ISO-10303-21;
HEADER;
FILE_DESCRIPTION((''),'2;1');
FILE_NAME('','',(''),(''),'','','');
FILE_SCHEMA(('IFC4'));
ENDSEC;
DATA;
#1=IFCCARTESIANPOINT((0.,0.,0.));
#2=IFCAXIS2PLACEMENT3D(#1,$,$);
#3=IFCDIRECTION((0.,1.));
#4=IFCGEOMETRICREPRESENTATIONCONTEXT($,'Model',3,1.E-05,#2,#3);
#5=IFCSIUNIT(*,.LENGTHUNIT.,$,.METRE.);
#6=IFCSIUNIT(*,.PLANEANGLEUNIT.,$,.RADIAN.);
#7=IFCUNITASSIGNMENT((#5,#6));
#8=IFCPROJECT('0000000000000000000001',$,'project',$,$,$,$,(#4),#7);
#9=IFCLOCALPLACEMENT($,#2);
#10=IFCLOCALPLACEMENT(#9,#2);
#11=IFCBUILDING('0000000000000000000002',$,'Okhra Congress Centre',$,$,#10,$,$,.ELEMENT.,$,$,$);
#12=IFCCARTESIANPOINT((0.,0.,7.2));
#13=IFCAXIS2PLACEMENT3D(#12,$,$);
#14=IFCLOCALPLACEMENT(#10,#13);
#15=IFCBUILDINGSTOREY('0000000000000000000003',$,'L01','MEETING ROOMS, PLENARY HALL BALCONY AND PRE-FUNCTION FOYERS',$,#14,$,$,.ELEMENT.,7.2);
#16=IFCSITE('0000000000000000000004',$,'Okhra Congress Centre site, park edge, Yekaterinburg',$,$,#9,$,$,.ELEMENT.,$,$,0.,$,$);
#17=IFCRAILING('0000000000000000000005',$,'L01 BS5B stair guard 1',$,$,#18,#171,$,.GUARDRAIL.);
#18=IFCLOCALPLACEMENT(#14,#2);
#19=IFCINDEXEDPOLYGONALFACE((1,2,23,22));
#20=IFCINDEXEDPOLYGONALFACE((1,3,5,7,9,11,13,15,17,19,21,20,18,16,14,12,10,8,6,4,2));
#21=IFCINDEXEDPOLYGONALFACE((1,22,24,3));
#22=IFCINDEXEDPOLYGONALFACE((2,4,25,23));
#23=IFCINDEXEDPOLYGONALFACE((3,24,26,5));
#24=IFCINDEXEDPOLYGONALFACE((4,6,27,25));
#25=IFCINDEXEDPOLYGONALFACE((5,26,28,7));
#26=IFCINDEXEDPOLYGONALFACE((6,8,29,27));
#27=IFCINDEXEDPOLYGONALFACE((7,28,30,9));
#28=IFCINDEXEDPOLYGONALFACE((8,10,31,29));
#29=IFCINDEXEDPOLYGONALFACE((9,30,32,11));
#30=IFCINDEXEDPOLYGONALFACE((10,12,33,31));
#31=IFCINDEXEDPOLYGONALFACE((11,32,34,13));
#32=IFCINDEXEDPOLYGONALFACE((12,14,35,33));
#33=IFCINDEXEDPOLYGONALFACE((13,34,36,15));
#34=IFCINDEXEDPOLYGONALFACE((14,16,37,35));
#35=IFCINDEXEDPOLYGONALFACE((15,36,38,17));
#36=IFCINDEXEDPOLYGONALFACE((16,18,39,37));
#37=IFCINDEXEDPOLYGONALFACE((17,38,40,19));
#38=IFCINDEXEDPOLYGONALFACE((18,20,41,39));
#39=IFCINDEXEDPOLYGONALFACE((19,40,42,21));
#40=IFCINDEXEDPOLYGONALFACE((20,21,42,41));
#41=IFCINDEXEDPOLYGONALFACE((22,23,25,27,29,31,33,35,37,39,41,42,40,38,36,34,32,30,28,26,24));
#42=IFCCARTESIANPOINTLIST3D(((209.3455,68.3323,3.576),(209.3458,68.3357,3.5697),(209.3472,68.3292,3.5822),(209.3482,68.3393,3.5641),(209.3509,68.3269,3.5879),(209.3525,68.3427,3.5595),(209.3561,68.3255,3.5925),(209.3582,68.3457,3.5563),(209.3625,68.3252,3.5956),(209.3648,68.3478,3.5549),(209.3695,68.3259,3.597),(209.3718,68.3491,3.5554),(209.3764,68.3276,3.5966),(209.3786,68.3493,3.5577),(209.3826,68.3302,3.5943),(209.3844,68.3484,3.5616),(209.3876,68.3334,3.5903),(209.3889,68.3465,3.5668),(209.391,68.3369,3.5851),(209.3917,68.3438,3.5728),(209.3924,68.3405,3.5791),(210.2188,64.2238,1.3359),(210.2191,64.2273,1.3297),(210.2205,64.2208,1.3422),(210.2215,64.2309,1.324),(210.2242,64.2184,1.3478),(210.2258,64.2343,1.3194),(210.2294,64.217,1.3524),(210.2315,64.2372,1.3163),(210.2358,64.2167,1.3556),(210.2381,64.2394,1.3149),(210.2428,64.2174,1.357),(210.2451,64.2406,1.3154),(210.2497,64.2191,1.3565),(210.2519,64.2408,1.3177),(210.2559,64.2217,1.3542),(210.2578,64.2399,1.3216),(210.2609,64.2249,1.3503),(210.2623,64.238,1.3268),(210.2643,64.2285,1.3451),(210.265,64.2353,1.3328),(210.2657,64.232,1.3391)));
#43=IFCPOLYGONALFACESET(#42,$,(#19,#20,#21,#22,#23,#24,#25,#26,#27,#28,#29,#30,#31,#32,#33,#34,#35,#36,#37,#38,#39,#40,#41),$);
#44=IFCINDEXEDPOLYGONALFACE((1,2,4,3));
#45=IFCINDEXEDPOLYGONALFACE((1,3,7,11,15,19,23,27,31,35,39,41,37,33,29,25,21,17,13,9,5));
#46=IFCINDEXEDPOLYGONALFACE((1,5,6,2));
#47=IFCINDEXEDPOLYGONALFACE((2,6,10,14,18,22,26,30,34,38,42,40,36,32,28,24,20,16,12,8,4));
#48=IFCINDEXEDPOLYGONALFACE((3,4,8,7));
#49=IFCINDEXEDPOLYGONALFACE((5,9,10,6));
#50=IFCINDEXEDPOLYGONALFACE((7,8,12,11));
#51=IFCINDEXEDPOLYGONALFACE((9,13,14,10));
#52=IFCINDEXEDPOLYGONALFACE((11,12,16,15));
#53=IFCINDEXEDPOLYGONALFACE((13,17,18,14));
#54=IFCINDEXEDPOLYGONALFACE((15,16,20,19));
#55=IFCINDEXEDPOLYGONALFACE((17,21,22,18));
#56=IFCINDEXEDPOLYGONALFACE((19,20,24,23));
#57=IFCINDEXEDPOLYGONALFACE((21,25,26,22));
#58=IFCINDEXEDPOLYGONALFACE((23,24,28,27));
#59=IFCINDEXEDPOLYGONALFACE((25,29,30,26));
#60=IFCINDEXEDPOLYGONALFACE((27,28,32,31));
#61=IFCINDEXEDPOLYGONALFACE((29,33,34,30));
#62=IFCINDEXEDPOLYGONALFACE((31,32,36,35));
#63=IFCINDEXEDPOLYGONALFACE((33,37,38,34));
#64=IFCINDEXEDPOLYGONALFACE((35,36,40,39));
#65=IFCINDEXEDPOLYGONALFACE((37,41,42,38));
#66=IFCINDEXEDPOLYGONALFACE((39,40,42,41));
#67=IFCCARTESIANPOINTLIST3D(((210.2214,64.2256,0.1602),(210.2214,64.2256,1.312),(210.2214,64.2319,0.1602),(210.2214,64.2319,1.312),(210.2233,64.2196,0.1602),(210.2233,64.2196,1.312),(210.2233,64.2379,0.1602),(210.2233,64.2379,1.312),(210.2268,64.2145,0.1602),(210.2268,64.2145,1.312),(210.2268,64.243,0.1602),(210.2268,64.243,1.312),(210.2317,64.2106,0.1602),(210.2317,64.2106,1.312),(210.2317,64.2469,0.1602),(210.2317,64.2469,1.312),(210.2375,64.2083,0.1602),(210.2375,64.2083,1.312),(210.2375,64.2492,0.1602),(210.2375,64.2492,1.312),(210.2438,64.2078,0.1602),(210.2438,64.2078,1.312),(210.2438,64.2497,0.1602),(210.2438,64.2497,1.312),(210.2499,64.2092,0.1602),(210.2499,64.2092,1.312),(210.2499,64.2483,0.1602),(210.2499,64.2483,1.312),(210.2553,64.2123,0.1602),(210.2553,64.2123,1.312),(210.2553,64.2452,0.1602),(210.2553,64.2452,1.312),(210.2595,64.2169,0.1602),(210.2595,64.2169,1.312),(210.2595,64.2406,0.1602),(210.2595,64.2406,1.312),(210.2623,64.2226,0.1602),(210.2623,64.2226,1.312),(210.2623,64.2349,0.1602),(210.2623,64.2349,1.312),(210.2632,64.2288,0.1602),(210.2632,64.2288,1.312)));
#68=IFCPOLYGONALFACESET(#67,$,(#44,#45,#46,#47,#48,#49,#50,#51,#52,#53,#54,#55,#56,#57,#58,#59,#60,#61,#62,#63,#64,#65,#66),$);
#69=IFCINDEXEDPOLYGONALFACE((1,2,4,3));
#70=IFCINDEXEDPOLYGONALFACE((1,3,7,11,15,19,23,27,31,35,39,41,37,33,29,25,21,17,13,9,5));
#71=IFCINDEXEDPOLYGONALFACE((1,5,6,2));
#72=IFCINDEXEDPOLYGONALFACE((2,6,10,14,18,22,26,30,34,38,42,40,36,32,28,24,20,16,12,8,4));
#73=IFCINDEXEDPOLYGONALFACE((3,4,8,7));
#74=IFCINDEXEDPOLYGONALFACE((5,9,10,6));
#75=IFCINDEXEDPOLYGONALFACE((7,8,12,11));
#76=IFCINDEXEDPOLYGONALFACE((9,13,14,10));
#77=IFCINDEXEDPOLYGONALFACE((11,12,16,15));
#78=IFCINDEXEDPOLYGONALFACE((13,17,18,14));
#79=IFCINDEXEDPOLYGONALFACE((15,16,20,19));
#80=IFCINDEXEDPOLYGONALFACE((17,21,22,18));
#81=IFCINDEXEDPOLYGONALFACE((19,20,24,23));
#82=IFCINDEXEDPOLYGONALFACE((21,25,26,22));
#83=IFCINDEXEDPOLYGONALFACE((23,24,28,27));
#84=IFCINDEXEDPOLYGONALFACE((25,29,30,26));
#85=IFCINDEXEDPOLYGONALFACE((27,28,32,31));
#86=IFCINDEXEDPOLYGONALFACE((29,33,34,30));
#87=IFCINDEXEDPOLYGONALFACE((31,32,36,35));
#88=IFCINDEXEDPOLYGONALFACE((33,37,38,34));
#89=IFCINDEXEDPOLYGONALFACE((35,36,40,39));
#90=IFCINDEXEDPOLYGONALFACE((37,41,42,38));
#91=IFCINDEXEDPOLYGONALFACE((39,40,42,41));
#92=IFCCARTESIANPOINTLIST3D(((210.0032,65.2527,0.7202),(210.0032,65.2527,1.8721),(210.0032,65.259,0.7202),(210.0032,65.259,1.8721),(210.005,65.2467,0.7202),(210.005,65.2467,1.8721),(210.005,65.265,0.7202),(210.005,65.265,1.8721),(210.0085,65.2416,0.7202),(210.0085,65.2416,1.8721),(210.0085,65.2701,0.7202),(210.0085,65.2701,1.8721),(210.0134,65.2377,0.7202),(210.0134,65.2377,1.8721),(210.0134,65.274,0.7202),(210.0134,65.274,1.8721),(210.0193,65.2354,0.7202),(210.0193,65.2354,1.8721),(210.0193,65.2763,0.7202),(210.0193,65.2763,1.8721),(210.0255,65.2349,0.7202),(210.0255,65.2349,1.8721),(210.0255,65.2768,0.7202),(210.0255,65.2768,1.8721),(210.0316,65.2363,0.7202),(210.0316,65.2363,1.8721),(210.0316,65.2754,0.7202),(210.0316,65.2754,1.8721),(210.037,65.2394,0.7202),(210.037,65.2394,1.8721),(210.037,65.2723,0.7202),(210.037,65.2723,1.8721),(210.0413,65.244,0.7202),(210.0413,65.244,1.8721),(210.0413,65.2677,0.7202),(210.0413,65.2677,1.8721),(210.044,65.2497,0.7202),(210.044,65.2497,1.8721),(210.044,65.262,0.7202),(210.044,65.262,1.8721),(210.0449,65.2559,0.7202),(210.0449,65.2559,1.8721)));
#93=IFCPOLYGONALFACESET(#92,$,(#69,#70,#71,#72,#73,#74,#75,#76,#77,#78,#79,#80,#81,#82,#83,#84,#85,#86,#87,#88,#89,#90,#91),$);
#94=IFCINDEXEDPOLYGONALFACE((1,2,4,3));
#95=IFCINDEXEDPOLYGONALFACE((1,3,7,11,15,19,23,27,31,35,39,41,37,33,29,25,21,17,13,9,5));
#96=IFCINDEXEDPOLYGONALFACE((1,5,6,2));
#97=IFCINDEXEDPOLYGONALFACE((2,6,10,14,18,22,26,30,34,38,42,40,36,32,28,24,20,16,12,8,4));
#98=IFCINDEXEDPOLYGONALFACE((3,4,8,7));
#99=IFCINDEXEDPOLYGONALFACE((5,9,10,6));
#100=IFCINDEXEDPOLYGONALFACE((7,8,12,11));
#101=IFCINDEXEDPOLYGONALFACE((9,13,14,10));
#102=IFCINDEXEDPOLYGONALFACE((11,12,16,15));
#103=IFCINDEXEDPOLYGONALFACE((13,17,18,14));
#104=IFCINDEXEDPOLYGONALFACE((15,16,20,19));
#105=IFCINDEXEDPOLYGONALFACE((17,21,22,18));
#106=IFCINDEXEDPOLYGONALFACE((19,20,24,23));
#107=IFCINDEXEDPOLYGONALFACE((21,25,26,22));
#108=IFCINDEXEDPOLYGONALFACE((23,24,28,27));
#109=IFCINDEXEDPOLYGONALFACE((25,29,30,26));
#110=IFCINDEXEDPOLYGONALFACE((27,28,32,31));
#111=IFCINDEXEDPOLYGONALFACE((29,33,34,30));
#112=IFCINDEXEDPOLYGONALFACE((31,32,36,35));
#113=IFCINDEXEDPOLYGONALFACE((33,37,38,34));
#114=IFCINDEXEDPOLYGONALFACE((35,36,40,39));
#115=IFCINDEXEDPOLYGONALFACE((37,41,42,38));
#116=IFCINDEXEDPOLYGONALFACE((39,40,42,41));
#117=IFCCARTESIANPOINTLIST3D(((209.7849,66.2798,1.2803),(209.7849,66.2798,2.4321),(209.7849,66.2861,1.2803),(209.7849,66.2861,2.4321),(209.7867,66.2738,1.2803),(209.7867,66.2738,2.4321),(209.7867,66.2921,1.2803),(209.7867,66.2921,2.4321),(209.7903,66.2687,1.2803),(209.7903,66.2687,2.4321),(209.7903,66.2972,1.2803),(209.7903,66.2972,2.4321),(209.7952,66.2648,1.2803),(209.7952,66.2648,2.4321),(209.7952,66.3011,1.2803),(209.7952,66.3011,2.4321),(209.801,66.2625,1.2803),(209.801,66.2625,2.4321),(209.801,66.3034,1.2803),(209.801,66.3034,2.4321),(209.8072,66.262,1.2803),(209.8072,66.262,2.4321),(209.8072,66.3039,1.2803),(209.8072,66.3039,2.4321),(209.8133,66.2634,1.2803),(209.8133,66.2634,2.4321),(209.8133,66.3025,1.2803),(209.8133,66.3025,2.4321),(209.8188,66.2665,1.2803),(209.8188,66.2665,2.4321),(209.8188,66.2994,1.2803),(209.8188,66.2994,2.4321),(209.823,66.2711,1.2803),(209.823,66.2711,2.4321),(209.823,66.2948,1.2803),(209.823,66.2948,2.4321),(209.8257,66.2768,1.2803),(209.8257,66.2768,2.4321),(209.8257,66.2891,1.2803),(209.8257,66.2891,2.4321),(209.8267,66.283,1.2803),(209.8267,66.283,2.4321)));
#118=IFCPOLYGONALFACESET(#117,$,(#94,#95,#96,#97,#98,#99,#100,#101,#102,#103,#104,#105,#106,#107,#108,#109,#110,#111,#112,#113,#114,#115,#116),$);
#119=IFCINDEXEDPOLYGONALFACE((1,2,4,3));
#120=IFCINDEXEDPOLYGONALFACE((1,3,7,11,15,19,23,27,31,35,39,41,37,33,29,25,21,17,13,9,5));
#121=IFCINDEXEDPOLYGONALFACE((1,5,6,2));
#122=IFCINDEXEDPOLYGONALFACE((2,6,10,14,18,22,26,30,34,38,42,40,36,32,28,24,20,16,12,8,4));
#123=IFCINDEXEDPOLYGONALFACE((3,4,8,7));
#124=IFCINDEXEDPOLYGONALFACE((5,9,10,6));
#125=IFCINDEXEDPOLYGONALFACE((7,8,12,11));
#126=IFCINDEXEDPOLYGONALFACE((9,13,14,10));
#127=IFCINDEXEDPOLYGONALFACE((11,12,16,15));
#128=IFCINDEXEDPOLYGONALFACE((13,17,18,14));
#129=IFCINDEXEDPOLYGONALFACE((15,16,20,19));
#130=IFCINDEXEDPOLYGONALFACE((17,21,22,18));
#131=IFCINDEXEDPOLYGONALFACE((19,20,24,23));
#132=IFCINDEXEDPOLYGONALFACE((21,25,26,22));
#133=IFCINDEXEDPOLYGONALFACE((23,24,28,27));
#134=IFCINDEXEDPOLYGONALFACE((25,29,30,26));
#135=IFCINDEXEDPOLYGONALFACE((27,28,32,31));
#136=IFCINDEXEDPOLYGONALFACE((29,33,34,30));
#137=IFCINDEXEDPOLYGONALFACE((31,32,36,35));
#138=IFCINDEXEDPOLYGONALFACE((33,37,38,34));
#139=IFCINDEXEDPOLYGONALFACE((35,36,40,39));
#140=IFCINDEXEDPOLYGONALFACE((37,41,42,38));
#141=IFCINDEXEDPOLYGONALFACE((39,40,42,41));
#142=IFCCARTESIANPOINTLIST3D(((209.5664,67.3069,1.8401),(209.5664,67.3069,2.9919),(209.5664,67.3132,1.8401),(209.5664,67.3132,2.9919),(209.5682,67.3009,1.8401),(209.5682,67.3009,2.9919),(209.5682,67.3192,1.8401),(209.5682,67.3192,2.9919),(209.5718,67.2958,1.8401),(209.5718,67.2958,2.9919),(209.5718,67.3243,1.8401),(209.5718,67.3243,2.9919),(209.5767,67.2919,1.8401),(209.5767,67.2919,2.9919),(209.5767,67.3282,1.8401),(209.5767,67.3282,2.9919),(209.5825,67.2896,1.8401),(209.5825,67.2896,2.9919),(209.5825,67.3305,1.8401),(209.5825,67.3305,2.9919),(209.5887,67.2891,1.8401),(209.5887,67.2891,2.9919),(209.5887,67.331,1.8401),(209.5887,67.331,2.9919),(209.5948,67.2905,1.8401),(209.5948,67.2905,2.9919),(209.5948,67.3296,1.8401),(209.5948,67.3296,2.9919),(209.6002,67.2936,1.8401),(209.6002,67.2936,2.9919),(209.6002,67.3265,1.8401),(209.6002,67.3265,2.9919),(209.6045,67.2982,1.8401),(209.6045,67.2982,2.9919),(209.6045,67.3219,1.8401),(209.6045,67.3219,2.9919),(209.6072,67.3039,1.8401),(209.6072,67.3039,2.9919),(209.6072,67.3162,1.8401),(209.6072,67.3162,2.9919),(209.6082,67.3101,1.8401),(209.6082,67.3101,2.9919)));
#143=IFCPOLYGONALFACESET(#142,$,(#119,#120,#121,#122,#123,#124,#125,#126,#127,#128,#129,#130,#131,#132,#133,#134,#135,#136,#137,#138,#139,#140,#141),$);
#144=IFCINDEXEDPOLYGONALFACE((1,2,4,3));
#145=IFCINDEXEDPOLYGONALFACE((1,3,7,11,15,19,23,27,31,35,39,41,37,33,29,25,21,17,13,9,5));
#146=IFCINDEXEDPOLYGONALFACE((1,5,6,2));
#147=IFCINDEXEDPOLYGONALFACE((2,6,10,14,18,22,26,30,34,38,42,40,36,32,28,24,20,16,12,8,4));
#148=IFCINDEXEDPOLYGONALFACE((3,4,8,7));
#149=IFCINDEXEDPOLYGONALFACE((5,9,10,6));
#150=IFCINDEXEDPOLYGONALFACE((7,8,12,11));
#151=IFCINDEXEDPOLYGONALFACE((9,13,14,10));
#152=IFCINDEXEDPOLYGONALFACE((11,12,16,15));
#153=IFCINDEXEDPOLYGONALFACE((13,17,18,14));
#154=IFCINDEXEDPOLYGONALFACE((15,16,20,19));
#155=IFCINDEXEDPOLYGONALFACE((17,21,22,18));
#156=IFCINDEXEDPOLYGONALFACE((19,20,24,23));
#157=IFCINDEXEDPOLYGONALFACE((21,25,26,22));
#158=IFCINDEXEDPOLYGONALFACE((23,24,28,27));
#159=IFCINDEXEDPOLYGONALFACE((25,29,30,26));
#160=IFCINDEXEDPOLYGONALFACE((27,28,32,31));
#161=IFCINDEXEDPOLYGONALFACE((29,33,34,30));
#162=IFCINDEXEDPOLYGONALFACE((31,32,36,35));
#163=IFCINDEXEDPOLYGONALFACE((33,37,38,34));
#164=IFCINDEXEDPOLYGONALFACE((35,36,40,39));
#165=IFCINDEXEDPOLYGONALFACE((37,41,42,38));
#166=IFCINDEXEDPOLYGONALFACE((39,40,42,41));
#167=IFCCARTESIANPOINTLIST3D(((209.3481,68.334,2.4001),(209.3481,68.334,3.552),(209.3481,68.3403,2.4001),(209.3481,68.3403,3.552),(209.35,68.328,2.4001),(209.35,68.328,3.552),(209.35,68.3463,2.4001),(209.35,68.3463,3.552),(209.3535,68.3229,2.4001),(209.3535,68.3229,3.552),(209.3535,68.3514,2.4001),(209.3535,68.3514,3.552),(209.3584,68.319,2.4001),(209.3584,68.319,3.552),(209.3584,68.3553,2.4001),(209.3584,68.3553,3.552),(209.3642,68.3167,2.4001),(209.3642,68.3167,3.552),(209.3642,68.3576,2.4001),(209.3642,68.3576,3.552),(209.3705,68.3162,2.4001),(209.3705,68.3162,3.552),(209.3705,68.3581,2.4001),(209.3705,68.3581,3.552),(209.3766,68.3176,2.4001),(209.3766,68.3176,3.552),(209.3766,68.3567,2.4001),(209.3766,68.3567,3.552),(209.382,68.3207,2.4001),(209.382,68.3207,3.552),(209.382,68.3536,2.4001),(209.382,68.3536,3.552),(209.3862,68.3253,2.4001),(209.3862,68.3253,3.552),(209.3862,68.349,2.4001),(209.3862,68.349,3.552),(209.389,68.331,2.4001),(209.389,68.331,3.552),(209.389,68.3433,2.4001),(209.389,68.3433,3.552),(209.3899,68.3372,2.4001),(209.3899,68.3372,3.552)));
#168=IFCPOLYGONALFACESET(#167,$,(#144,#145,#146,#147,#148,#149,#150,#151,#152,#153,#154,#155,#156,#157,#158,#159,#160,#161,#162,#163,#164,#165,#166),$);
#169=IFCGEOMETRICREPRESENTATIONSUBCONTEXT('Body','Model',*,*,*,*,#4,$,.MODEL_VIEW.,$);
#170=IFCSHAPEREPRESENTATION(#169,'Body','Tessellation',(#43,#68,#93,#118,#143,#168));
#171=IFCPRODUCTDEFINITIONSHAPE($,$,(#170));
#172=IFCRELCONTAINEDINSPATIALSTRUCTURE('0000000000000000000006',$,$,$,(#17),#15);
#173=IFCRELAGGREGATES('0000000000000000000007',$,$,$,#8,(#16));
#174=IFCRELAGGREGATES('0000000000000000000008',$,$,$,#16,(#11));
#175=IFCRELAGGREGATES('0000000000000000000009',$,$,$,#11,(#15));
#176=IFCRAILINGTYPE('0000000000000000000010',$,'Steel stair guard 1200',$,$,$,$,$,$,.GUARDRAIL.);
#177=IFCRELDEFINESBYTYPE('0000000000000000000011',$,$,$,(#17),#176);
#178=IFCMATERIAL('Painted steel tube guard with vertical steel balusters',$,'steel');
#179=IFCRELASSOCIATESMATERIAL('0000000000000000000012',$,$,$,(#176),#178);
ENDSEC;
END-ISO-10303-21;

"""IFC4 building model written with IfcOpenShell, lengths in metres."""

from ifc_helpers import new_model, si_unit, direction, frame, origin, origin_2d, place, context, subcontext, project, spatial, circle, extrude, material, type_object, element, save


model = new_model("IFC4")

# Units and contexts
model_context = context("Model", 3, precision=1e-05, world=origin(), true_north=direction((0.0, 1.0)))
body_context = subcontext(model_context, "Body", "Model", "MODEL_VIEW")
ifc_project = project(units=[si_unit("LENGTHUNIT", "METRE"), si_unit("PLANEANGLEUNIT", "RADIAN")], contexts=[model_context])

# Site, building, storey
site_placement = place(None, origin())
site = spatial("IfcSite", under=ifc_project, at=site_placement, Name="Okhra Congress Centre site, park edge, Yekaterinburg", CompositionType="ELEMENT", RefElevation=0.0)
building_placement = place(site_placement, origin())
building = spatial("IfcBuilding", under=site, at=building_placement, Name="Okhra Congress Centre", CompositionType="ELEMENT")
storey_placement = place(building_placement, frame((0.0, 0.0, 7.2)))
storey = spatial("IfcBuildingStorey", under=building, at=storey_placement, Name="L01", Description="MEETING ROOMS, PLENARY HALL BALCONY AND PRE-FUNCTION FOYERS", CompositionType="ELEMENT", Elevation=7.2)

# Railing
ifc_material_1 = material(Name="Painted steel tube guard with vertical steel balusters", Category="steel")
railing_type_1 = type_object("IfcRailingType", Name="Steel stair guard 1200", PredefinedType="GUARDRAIL", material=ifc_material_1)
railing_1_placement = place(storey_placement, frame((210.2422, 64.2288, 0.1602)))
element("IfcRailing", 1, at=railing_1_placement, inside=storey, type_object=railing_type_1, Name="L01 BS5B stair guard 1", PredefinedType="GUARDRAIL", context=body_context, shape_type="SweptSolid", body=[
    extrude(circle(Radius=0.0239, at=origin_2d()), frame((0.0, 0.0, 1.1758), z_axis=(-0.183458, 0.86308, 0.47057), x_axis=(-0.978146, -0.207917, 0.0)), (0.0, 0.0, 1.0), 4.7603),
    extrude(circle(Radius=0.021, at=origin_2d()), origin(), (0.0, 0.0, 1.0), 1.1519),
    extrude(circle(Radius=0.021, at=origin_2d()), frame((-0.2183, 1.0271, 0.5601)), (0.0, 0.0, 1.0), 1.1519),
    extrude(circle(Radius=0.021, at=origin_2d()), frame((-0.4365, 2.0542, 1.1201)), (0.0, 0.0, 1.0), 1.1519),
    extrude(circle(Radius=0.021, at=origin_2d()), frame((-0.655, 3.0813, 1.6799)), (0.0, 0.0, 1.0), 1.1519),
    extrude(circle(Radius=0.021, at=origin_2d()), frame((-0.8733, 4.1084, 2.24)), (0.0, 0.0, 1.0), 1.1519),
])

save(model, "model.ifc")
